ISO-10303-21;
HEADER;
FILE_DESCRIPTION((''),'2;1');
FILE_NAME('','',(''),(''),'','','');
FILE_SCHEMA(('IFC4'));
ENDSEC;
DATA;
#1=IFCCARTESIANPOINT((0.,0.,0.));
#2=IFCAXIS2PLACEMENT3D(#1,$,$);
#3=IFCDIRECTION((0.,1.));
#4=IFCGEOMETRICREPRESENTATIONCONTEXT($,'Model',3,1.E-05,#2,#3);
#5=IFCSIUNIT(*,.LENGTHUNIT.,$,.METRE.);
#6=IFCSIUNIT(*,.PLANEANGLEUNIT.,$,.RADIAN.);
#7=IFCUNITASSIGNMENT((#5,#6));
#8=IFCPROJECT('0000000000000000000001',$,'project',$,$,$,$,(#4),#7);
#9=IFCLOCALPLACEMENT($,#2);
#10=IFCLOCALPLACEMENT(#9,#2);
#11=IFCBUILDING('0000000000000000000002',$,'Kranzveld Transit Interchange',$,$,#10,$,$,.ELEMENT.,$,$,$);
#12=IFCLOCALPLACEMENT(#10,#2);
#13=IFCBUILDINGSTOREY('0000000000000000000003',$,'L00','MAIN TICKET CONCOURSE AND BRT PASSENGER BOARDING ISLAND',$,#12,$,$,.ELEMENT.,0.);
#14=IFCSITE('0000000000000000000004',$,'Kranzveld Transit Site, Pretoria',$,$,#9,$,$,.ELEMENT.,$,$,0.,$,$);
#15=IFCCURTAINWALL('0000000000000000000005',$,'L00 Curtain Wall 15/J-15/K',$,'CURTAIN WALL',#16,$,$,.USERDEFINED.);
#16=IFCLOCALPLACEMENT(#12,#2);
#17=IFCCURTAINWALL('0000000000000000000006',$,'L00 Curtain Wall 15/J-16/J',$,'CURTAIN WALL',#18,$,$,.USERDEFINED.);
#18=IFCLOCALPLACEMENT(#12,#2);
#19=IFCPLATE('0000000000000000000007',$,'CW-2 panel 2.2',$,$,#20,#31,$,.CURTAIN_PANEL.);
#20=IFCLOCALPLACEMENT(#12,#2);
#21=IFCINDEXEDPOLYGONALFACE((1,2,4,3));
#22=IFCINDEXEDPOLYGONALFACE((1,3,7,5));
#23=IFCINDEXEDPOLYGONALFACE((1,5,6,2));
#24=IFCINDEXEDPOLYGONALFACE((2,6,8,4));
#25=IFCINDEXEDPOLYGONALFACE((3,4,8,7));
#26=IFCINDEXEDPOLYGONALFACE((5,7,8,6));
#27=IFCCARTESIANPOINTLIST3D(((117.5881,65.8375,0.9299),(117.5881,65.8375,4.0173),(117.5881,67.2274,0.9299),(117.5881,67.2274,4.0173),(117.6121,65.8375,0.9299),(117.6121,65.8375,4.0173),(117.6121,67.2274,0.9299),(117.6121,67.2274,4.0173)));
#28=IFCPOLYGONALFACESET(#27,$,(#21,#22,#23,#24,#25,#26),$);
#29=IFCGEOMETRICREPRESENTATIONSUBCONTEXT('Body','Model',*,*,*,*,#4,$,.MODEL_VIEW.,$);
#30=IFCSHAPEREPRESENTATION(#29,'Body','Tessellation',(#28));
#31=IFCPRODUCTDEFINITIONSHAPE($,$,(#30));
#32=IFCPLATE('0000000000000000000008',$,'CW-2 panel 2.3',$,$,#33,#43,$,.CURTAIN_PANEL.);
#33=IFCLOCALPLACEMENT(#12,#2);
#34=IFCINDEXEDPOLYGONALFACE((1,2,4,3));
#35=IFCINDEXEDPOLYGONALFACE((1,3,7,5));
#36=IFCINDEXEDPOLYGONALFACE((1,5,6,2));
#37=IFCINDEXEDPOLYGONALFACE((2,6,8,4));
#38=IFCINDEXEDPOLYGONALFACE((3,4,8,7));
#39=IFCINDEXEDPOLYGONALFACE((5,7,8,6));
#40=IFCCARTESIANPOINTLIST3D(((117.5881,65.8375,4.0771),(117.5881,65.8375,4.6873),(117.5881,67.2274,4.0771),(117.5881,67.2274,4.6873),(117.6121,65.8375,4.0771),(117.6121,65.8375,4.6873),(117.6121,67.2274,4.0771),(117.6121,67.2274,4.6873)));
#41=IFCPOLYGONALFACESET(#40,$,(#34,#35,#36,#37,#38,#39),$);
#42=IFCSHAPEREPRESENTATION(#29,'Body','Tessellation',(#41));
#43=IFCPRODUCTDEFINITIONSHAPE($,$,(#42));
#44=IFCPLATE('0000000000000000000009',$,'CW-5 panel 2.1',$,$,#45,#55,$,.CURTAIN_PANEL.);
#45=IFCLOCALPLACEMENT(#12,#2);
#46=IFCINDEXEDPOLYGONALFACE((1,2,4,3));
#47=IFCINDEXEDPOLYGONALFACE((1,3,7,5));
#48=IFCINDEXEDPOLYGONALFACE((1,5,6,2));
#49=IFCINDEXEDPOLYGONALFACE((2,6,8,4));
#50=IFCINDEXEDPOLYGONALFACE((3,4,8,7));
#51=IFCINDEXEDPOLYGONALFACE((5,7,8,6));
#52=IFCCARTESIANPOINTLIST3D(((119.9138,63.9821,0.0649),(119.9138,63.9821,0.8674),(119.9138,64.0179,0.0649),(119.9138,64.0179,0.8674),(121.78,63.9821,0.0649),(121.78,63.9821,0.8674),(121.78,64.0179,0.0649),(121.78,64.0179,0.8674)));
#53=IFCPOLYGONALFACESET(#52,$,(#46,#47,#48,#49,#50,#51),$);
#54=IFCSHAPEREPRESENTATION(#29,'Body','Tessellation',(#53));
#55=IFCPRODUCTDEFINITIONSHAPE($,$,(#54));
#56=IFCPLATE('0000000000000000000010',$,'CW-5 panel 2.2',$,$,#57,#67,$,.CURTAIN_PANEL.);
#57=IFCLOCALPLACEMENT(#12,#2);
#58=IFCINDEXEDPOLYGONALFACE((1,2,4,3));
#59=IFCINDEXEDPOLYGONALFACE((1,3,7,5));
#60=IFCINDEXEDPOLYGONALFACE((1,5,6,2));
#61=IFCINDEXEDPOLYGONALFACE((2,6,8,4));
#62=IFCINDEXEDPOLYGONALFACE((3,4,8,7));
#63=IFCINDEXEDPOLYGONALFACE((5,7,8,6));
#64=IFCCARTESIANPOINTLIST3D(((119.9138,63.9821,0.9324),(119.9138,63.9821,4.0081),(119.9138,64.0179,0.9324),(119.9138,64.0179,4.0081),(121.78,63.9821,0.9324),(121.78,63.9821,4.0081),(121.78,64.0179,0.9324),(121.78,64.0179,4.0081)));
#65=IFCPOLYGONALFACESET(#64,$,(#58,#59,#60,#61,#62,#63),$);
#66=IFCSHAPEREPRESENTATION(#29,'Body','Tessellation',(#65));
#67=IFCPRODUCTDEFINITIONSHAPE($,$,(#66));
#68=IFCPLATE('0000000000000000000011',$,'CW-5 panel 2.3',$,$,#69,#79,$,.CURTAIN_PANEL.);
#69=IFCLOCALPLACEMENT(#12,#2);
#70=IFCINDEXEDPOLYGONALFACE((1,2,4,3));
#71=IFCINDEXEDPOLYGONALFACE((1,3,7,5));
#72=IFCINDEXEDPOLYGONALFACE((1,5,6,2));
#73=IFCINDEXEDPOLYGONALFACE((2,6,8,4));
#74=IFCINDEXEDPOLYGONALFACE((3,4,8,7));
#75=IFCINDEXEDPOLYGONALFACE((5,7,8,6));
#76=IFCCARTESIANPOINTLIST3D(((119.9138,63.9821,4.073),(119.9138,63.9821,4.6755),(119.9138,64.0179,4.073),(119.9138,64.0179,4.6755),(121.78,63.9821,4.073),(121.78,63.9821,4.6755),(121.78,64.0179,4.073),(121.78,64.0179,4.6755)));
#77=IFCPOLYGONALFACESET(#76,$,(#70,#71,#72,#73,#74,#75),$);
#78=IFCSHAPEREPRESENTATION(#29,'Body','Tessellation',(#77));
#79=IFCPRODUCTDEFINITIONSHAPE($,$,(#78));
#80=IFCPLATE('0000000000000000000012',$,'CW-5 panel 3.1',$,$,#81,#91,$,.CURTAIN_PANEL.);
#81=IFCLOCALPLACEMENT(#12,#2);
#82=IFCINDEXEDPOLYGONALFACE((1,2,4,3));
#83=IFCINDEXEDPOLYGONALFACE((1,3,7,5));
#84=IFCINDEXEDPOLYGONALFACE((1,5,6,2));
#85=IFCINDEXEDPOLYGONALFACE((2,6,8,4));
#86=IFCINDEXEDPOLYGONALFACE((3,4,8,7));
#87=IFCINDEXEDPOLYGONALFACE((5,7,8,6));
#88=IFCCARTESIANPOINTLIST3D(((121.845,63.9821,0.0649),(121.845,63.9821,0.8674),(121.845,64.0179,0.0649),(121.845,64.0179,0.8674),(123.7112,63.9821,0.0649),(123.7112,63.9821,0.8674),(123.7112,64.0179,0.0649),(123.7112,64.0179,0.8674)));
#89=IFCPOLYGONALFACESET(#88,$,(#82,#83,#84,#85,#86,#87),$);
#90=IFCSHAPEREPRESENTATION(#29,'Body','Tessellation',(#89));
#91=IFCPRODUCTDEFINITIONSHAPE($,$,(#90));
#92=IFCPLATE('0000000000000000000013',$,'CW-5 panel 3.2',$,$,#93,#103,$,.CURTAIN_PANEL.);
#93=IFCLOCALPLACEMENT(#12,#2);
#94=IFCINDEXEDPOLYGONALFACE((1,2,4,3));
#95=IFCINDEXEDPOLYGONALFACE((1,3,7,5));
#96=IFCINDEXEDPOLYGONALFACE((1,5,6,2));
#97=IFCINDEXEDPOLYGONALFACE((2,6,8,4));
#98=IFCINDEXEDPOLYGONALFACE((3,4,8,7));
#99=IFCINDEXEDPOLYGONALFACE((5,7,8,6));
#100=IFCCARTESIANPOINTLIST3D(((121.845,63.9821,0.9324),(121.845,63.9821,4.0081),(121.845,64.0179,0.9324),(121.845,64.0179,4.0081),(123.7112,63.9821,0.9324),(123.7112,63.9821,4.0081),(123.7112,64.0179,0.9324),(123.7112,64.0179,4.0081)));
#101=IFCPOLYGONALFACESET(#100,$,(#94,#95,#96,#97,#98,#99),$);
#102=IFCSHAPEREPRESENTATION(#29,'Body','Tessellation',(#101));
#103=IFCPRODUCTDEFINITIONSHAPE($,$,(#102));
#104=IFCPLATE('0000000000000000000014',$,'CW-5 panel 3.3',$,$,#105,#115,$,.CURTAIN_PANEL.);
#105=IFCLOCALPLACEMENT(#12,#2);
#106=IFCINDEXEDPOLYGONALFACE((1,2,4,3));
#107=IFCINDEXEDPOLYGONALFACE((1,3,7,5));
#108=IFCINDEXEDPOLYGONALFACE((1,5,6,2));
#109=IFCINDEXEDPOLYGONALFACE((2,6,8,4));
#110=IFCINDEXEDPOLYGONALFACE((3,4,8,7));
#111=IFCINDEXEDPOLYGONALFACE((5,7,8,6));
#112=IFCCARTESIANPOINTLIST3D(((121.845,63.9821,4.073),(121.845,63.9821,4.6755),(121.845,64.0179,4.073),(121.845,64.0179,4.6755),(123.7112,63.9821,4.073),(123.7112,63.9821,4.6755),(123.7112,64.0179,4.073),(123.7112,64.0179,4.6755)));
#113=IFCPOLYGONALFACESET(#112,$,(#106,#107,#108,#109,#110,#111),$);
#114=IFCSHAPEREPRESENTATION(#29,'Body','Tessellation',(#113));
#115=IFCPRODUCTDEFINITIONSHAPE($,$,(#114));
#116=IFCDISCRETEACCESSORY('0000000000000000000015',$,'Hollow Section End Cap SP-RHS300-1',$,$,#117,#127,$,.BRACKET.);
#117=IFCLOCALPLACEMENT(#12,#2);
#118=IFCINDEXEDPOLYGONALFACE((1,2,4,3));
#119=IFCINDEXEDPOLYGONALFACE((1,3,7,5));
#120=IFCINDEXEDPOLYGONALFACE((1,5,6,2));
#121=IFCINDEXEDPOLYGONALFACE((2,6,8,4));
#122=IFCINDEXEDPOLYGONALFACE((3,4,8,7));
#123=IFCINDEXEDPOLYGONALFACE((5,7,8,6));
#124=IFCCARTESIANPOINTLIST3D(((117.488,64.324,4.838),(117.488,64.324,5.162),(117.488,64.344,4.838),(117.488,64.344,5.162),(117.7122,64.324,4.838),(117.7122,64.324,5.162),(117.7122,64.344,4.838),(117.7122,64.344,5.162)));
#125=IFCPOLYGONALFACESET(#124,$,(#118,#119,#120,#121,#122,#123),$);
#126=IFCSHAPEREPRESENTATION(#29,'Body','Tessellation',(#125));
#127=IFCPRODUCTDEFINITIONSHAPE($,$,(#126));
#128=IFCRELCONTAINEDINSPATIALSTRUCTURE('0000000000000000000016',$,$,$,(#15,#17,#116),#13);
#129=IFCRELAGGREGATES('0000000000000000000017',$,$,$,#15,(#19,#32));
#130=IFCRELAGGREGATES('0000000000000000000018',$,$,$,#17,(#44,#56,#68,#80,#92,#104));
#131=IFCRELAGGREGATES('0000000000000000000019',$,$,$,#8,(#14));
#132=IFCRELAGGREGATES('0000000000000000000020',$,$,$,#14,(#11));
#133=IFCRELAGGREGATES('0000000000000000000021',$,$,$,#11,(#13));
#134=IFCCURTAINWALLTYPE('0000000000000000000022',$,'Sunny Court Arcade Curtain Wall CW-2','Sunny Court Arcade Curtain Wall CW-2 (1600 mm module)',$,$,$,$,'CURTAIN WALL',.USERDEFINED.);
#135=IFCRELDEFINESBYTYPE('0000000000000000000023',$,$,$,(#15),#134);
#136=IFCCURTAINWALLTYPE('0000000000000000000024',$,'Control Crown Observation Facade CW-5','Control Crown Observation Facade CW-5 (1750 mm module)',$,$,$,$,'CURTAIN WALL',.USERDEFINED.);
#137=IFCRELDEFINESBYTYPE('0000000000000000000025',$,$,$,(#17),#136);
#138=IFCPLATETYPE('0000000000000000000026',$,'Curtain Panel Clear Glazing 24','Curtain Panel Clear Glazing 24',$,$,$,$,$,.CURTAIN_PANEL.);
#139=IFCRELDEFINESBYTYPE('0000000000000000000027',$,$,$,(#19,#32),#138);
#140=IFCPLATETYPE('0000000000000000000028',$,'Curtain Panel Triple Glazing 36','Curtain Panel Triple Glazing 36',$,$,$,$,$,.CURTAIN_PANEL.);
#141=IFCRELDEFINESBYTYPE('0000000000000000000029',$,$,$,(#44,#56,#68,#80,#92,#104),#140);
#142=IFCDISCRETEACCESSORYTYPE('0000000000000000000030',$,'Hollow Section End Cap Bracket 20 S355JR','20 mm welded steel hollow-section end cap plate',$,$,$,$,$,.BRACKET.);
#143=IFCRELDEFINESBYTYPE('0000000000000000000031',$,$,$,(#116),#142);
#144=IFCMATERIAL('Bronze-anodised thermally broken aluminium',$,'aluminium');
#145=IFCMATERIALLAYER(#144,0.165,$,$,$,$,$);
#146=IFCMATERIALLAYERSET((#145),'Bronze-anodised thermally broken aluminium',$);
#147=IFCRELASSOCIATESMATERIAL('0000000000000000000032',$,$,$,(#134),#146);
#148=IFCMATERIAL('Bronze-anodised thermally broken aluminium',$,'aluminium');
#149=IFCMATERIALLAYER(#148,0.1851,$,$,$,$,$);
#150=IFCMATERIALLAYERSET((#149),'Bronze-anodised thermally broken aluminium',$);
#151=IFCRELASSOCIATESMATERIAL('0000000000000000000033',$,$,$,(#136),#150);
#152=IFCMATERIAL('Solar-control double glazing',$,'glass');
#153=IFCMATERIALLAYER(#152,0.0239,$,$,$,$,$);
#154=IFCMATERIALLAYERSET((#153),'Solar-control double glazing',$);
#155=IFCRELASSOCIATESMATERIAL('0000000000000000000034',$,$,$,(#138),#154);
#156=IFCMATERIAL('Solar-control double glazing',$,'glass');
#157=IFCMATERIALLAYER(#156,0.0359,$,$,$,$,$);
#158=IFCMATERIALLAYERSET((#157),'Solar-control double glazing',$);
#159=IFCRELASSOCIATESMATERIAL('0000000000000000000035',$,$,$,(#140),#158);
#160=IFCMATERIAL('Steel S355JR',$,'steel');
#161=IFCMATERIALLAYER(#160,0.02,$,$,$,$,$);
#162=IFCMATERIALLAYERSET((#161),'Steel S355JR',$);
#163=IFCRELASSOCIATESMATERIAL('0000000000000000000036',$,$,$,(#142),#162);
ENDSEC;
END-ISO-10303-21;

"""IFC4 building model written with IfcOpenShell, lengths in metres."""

from ifc_helpers import new_model, si_unit, direction, frame, origin, origin_2d, place, context, subcontext, project, spatial, rectangle, extrude, material, layer, layer_set, type_object, element, aggregate, save


model = new_model("IFC4")

# Units and contexts
model_context = context("Model", 3, precision=1e-05, world=origin(), true_north=direction((0.0, 1.0)))
body_context = subcontext(model_context, "Body", "Model", "MODEL_VIEW")
ifc_project = project(units=[si_unit("LENGTHUNIT", "METRE"), si_unit("PLANEANGLEUNIT", "RADIAN")], contexts=[model_context])

# Site, building, storey
site_placement = place(None, origin())
site = spatial("IfcSite", under=ifc_project, at=site_placement, Name="Kranzveld Transit Site, Pretoria", CompositionType="ELEMENT", RefElevation=0.0)
building_placement = place(site_placement, origin())
building = spatial("IfcBuilding", under=site, at=building_placement, Name="Kranzveld Transit Interchange", CompositionType="ELEMENT")
storey_placement = place(building_placement, origin())
storey = spatial("IfcBuildingStorey", under=building, at=storey_placement, Name="L00", Description="MAIN TICKET CONCOURSE AND BRT PASSENGER BOARDING ISLAND", CompositionType="ELEMENT", Elevation=0.0)

# Curtain walls
ifc_material_1 = material(Name="Bronze-anodised thermally broken aluminium", Category="aluminium")
ifc_layer_1 = layer(ifc_material_1, 0.165)
ifc_layer_set_1 = layer_set([ifc_layer_1], Name="Bronze-anodised thermally broken aluminium")
curtain_wall_type_1 = type_object("IfcCurtainWallType", Name="Sunny Court Arcade Curtain Wall CW-2", Description="Sunny Court Arcade Curtain Wall CW-2 (1600 mm module)", ElementType="CURTAIN WALL", PredefinedType="USERDEFINED", material=ifc_layer_set_1)
curtain_wall_1_placement = place(storey_placement, origin())
curtain_wall_1 = element("IfcCurtainWall", 1, at=curtain_wall_1_placement, inside=storey, type_object=curtain_wall_type_1, Name="L00 Curtain Wall 15/J-15/K", ObjectType="CURTAIN WALL", PredefinedType="USERDEFINED")
ifc_material_2 = material(Name="Bronze-anodised thermally broken aluminium", Category="aluminium")
ifc_layer_2 = layer(ifc_material_2, 0.1851)
ifc_layer_set_2 = layer_set([ifc_layer_2], Name="Bronze-anodised thermally broken aluminium")
curtain_wall_type_2 = type_object("IfcCurtainWallType", Name="Control Crown Observation Facade CW-5", Description="Control Crown Observation Facade CW-5 (1750 mm module)", ElementType="CURTAIN WALL", PredefinedType="USERDEFINED", material=ifc_layer_set_2)
curtain_wall_2_placement = place(storey_placement, origin())
curtain_wall_2 = element("IfcCurtainWall", 2, at=curtain_wall_2_placement, inside=storey, type_object=curtain_wall_type_2, Name="L00 Curtain Wall 15/J-16/J", ObjectType="CURTAIN WALL", PredefinedType="USERDEFINED")

# Plates
ifc_material_3 = material(Name="Solar-control double glazing", Category="glass")
ifc_layer_3 = layer(ifc_material_3, 0.0239)
ifc_layer_set_3 = layer_set([ifc_layer_3], Name="Solar-control double glazing")
plate_type_1 = type_object("IfcPlateType", Name="Curtain Panel Clear Glazing 24", Description="Curtain Panel Clear Glazing 24", PredefinedType="CURTAIN_PANEL", material=ifc_layer_set_3)
plate_1_placement = place(storey_placement, frame((117.6001, 66.5325, 0.9299), z_axis=(0.0, 0.0, 1.0), x_axis=(0.0, 1.0, 0.0)))
plate_1 = element("IfcPlate", 3, at=plate_1_placement, type_object=plate_type_1, Name="CW-2 panel 2.2", PredefinedType="CURTAIN_PANEL", context=body_context, shape_type="SweptSolid", body=[
    extrude(rectangle(XDim=1.3899, YDim=0.0239, at=origin_2d()), origin(), (0.0, 0.0, 1.0), 3.0874),
])
plate_2_placement = place(storey_placement, frame((117.6001, 66.5325, 4.0771), z_axis=(0.0, 0.0, 1.0), x_axis=(0.0, 1.0, 0.0)))
plate_2 = element("IfcPlate", 4, at=plate_2_placement, type_object=plate_type_1, Name="CW-2 panel 2.3", PredefinedType="CURTAIN_PANEL", context=body_context, shape_type="SweptSolid", body=[
    extrude(rectangle(XDim=1.3899, YDim=0.0239, at=origin_2d()), origin(), (0.0, 0.0, 1.0), 0.6101),
])
aggregate(curtain_wall_1, [plate_1, plate_2])
ifc_material_4 = material(Name="Solar-control double glazing", Category="glass")
ifc_layer_4 = layer(ifc_material_4, 0.0359)
ifc_layer_set_4 = layer_set([ifc_layer_4], Name="Solar-control double glazing")
plate_type_2 = type_object("IfcPlateType", Name="Curtain Panel Triple Glazing 36", Description="Curtain Panel Triple Glazing 36", PredefinedType="CURTAIN_PANEL", material=ifc_layer_set_4)
plate_3_placement = place(storey_placement, frame((120.8469, 64.0, 0.0649), z_axis=(0.0, 0.0, 1.0), x_axis=(1.0, 0.0, 0.0)))
plate_3 = element("IfcPlate", 5, at=plate_3_placement, type_object=plate_type_2, Name="CW-5 panel 2.1", PredefinedType="CURTAIN_PANEL", context=body_context, shape_type="SweptSolid", body=[
    extrude(rectangle(XDim=1.8662, YDim=0.0359, at=origin_2d()), origin(), (0.0, 0.0, 1.0), 0.8025),
])
plate_4_placement = place(storey_placement, frame((120.8469, 64.0, 0.9324), z_axis=(0.0, 0.0, 1.0), x_axis=(1.0, 0.0, 0.0)))
plate_4 = element("IfcPlate", 6, at=plate_4_placement, type_object=plate_type_2, Name="CW-5 panel 2.2", PredefinedType="CURTAIN_PANEL", context=body_context, shape_type="SweptSolid", body=[
    extrude(rectangle(XDim=1.8662, YDim=0.0359, at=origin_2d()), origin(), (0.0, 0.0, 1.0), 3.0757),
])
plate_5_placement = place(storey_placement, frame((120.8469, 64.0, 4.073), z_axis=(0.0, 0.0, 1.0), x_axis=(1.0, 0.0, 0.0)))
plate_5 = element("IfcPlate", 7, at=plate_5_placement, type_object=plate_type_2, Name="CW-5 panel 2.3", PredefinedType="CURTAIN_PANEL", context=body_context, shape_type="SweptSolid", body=[
    extrude(rectangle(XDim=1.8662, YDim=0.0359, at=origin_2d()), origin(), (0.0, 0.0, 1.0), 0.6025),
])
plate_6_placement = place(storey_placement, frame((122.7781, 64.0, 0.0649), z_axis=(0.0, 0.0, 1.0), x_axis=(1.0, 0.0, 0.0)))
plate_6 = element("IfcPlate", 8, at=plate_6_placement, type_object=plate_type_2, Name="CW-5 panel 3.1", PredefinedType="CURTAIN_PANEL", context=body_context, shape_type="SweptSolid", body=[
    extrude(rectangle(XDim=1.8662, YDim=0.0359, at=origin_2d()), origin(), (0.0, 0.0, 1.0), 0.8025),
])
plate_7_placement = place(storey_placement, frame((122.7781, 64.0, 0.9324), z_axis=(0.0, 0.0, 1.0), x_axis=(1.0, 0.0, 0.0)))
plate_7 = element("IfcPlate", 9, at=plate_7_placement, type_object=plate_type_2, Name="CW-5 panel 3.2", PredefinedType="CURTAIN_PANEL", context=body_context, shape_type="SweptSolid", body=[
    extrude(rectangle(XDim=1.8662, YDim=0.0359, at=origin_2d()), origin(), (0.0, 0.0, 1.0), 3.0757),
])
plate_8_placement = place(storey_placement, frame((122.7781, 64.0, 4.073), z_axis=(0.0, 0.0, 1.0), x_axis=(1.0, 0.0, 0.0)))
plate_8 = element("IfcPlate", 10, at=plate_8_placement, type_object=plate_type_2, Name="CW-5 panel 3.3", PredefinedType="CURTAIN_PANEL", context=body_context, shape_type="SweptSolid", body=[
    extrude(rectangle(XDim=1.8662, YDim=0.0359, at=origin_2d()), origin(), (0.0, 0.0, 1.0), 0.6025),
])
aggregate(curtain_wall_2, [plate_3, plate_4, plate_5, plate_6, plate_7, plate_8])

# Discrete accessory
ifc_material_5 = material(Name="Steel S355JR", Category="steel")
ifc_layer_5 = layer(ifc_material_5, 0.02)
ifc_layer_set_5 = layer_set([ifc_layer_5], Name="Steel S355JR")
discrete_accessory_type = type_object("IfcDiscreteAccessoryType", Name="Hollow Section End Cap Bracket 20 S355JR", Description="20 mm welded steel hollow-section end cap plate", PredefinedType="BRACKET", material=ifc_layer_set_5)
discrete_accessory_placement = place(storey_placement, frame((117.6001, 64.344, 5.0), z_axis=(0.0, -1.0, 0.0), x_axis=(1.0, 0.0, 0.0)))
element("IfcDiscreteAccessory", 11, at=discrete_accessory_placement, inside=storey, type_object=discrete_accessory_type, Name="Hollow Section End Cap SP-RHS300-1", PredefinedType="BRACKET", context=body_context, shape_type="SweptSolid", body=[
    extrude(rectangle(XDim=0.2241, YDim=0.324, at=origin_2d()), origin(), (0.0, 0.0, 1.0), 0.02),
])

save(model, "model.ifc")
